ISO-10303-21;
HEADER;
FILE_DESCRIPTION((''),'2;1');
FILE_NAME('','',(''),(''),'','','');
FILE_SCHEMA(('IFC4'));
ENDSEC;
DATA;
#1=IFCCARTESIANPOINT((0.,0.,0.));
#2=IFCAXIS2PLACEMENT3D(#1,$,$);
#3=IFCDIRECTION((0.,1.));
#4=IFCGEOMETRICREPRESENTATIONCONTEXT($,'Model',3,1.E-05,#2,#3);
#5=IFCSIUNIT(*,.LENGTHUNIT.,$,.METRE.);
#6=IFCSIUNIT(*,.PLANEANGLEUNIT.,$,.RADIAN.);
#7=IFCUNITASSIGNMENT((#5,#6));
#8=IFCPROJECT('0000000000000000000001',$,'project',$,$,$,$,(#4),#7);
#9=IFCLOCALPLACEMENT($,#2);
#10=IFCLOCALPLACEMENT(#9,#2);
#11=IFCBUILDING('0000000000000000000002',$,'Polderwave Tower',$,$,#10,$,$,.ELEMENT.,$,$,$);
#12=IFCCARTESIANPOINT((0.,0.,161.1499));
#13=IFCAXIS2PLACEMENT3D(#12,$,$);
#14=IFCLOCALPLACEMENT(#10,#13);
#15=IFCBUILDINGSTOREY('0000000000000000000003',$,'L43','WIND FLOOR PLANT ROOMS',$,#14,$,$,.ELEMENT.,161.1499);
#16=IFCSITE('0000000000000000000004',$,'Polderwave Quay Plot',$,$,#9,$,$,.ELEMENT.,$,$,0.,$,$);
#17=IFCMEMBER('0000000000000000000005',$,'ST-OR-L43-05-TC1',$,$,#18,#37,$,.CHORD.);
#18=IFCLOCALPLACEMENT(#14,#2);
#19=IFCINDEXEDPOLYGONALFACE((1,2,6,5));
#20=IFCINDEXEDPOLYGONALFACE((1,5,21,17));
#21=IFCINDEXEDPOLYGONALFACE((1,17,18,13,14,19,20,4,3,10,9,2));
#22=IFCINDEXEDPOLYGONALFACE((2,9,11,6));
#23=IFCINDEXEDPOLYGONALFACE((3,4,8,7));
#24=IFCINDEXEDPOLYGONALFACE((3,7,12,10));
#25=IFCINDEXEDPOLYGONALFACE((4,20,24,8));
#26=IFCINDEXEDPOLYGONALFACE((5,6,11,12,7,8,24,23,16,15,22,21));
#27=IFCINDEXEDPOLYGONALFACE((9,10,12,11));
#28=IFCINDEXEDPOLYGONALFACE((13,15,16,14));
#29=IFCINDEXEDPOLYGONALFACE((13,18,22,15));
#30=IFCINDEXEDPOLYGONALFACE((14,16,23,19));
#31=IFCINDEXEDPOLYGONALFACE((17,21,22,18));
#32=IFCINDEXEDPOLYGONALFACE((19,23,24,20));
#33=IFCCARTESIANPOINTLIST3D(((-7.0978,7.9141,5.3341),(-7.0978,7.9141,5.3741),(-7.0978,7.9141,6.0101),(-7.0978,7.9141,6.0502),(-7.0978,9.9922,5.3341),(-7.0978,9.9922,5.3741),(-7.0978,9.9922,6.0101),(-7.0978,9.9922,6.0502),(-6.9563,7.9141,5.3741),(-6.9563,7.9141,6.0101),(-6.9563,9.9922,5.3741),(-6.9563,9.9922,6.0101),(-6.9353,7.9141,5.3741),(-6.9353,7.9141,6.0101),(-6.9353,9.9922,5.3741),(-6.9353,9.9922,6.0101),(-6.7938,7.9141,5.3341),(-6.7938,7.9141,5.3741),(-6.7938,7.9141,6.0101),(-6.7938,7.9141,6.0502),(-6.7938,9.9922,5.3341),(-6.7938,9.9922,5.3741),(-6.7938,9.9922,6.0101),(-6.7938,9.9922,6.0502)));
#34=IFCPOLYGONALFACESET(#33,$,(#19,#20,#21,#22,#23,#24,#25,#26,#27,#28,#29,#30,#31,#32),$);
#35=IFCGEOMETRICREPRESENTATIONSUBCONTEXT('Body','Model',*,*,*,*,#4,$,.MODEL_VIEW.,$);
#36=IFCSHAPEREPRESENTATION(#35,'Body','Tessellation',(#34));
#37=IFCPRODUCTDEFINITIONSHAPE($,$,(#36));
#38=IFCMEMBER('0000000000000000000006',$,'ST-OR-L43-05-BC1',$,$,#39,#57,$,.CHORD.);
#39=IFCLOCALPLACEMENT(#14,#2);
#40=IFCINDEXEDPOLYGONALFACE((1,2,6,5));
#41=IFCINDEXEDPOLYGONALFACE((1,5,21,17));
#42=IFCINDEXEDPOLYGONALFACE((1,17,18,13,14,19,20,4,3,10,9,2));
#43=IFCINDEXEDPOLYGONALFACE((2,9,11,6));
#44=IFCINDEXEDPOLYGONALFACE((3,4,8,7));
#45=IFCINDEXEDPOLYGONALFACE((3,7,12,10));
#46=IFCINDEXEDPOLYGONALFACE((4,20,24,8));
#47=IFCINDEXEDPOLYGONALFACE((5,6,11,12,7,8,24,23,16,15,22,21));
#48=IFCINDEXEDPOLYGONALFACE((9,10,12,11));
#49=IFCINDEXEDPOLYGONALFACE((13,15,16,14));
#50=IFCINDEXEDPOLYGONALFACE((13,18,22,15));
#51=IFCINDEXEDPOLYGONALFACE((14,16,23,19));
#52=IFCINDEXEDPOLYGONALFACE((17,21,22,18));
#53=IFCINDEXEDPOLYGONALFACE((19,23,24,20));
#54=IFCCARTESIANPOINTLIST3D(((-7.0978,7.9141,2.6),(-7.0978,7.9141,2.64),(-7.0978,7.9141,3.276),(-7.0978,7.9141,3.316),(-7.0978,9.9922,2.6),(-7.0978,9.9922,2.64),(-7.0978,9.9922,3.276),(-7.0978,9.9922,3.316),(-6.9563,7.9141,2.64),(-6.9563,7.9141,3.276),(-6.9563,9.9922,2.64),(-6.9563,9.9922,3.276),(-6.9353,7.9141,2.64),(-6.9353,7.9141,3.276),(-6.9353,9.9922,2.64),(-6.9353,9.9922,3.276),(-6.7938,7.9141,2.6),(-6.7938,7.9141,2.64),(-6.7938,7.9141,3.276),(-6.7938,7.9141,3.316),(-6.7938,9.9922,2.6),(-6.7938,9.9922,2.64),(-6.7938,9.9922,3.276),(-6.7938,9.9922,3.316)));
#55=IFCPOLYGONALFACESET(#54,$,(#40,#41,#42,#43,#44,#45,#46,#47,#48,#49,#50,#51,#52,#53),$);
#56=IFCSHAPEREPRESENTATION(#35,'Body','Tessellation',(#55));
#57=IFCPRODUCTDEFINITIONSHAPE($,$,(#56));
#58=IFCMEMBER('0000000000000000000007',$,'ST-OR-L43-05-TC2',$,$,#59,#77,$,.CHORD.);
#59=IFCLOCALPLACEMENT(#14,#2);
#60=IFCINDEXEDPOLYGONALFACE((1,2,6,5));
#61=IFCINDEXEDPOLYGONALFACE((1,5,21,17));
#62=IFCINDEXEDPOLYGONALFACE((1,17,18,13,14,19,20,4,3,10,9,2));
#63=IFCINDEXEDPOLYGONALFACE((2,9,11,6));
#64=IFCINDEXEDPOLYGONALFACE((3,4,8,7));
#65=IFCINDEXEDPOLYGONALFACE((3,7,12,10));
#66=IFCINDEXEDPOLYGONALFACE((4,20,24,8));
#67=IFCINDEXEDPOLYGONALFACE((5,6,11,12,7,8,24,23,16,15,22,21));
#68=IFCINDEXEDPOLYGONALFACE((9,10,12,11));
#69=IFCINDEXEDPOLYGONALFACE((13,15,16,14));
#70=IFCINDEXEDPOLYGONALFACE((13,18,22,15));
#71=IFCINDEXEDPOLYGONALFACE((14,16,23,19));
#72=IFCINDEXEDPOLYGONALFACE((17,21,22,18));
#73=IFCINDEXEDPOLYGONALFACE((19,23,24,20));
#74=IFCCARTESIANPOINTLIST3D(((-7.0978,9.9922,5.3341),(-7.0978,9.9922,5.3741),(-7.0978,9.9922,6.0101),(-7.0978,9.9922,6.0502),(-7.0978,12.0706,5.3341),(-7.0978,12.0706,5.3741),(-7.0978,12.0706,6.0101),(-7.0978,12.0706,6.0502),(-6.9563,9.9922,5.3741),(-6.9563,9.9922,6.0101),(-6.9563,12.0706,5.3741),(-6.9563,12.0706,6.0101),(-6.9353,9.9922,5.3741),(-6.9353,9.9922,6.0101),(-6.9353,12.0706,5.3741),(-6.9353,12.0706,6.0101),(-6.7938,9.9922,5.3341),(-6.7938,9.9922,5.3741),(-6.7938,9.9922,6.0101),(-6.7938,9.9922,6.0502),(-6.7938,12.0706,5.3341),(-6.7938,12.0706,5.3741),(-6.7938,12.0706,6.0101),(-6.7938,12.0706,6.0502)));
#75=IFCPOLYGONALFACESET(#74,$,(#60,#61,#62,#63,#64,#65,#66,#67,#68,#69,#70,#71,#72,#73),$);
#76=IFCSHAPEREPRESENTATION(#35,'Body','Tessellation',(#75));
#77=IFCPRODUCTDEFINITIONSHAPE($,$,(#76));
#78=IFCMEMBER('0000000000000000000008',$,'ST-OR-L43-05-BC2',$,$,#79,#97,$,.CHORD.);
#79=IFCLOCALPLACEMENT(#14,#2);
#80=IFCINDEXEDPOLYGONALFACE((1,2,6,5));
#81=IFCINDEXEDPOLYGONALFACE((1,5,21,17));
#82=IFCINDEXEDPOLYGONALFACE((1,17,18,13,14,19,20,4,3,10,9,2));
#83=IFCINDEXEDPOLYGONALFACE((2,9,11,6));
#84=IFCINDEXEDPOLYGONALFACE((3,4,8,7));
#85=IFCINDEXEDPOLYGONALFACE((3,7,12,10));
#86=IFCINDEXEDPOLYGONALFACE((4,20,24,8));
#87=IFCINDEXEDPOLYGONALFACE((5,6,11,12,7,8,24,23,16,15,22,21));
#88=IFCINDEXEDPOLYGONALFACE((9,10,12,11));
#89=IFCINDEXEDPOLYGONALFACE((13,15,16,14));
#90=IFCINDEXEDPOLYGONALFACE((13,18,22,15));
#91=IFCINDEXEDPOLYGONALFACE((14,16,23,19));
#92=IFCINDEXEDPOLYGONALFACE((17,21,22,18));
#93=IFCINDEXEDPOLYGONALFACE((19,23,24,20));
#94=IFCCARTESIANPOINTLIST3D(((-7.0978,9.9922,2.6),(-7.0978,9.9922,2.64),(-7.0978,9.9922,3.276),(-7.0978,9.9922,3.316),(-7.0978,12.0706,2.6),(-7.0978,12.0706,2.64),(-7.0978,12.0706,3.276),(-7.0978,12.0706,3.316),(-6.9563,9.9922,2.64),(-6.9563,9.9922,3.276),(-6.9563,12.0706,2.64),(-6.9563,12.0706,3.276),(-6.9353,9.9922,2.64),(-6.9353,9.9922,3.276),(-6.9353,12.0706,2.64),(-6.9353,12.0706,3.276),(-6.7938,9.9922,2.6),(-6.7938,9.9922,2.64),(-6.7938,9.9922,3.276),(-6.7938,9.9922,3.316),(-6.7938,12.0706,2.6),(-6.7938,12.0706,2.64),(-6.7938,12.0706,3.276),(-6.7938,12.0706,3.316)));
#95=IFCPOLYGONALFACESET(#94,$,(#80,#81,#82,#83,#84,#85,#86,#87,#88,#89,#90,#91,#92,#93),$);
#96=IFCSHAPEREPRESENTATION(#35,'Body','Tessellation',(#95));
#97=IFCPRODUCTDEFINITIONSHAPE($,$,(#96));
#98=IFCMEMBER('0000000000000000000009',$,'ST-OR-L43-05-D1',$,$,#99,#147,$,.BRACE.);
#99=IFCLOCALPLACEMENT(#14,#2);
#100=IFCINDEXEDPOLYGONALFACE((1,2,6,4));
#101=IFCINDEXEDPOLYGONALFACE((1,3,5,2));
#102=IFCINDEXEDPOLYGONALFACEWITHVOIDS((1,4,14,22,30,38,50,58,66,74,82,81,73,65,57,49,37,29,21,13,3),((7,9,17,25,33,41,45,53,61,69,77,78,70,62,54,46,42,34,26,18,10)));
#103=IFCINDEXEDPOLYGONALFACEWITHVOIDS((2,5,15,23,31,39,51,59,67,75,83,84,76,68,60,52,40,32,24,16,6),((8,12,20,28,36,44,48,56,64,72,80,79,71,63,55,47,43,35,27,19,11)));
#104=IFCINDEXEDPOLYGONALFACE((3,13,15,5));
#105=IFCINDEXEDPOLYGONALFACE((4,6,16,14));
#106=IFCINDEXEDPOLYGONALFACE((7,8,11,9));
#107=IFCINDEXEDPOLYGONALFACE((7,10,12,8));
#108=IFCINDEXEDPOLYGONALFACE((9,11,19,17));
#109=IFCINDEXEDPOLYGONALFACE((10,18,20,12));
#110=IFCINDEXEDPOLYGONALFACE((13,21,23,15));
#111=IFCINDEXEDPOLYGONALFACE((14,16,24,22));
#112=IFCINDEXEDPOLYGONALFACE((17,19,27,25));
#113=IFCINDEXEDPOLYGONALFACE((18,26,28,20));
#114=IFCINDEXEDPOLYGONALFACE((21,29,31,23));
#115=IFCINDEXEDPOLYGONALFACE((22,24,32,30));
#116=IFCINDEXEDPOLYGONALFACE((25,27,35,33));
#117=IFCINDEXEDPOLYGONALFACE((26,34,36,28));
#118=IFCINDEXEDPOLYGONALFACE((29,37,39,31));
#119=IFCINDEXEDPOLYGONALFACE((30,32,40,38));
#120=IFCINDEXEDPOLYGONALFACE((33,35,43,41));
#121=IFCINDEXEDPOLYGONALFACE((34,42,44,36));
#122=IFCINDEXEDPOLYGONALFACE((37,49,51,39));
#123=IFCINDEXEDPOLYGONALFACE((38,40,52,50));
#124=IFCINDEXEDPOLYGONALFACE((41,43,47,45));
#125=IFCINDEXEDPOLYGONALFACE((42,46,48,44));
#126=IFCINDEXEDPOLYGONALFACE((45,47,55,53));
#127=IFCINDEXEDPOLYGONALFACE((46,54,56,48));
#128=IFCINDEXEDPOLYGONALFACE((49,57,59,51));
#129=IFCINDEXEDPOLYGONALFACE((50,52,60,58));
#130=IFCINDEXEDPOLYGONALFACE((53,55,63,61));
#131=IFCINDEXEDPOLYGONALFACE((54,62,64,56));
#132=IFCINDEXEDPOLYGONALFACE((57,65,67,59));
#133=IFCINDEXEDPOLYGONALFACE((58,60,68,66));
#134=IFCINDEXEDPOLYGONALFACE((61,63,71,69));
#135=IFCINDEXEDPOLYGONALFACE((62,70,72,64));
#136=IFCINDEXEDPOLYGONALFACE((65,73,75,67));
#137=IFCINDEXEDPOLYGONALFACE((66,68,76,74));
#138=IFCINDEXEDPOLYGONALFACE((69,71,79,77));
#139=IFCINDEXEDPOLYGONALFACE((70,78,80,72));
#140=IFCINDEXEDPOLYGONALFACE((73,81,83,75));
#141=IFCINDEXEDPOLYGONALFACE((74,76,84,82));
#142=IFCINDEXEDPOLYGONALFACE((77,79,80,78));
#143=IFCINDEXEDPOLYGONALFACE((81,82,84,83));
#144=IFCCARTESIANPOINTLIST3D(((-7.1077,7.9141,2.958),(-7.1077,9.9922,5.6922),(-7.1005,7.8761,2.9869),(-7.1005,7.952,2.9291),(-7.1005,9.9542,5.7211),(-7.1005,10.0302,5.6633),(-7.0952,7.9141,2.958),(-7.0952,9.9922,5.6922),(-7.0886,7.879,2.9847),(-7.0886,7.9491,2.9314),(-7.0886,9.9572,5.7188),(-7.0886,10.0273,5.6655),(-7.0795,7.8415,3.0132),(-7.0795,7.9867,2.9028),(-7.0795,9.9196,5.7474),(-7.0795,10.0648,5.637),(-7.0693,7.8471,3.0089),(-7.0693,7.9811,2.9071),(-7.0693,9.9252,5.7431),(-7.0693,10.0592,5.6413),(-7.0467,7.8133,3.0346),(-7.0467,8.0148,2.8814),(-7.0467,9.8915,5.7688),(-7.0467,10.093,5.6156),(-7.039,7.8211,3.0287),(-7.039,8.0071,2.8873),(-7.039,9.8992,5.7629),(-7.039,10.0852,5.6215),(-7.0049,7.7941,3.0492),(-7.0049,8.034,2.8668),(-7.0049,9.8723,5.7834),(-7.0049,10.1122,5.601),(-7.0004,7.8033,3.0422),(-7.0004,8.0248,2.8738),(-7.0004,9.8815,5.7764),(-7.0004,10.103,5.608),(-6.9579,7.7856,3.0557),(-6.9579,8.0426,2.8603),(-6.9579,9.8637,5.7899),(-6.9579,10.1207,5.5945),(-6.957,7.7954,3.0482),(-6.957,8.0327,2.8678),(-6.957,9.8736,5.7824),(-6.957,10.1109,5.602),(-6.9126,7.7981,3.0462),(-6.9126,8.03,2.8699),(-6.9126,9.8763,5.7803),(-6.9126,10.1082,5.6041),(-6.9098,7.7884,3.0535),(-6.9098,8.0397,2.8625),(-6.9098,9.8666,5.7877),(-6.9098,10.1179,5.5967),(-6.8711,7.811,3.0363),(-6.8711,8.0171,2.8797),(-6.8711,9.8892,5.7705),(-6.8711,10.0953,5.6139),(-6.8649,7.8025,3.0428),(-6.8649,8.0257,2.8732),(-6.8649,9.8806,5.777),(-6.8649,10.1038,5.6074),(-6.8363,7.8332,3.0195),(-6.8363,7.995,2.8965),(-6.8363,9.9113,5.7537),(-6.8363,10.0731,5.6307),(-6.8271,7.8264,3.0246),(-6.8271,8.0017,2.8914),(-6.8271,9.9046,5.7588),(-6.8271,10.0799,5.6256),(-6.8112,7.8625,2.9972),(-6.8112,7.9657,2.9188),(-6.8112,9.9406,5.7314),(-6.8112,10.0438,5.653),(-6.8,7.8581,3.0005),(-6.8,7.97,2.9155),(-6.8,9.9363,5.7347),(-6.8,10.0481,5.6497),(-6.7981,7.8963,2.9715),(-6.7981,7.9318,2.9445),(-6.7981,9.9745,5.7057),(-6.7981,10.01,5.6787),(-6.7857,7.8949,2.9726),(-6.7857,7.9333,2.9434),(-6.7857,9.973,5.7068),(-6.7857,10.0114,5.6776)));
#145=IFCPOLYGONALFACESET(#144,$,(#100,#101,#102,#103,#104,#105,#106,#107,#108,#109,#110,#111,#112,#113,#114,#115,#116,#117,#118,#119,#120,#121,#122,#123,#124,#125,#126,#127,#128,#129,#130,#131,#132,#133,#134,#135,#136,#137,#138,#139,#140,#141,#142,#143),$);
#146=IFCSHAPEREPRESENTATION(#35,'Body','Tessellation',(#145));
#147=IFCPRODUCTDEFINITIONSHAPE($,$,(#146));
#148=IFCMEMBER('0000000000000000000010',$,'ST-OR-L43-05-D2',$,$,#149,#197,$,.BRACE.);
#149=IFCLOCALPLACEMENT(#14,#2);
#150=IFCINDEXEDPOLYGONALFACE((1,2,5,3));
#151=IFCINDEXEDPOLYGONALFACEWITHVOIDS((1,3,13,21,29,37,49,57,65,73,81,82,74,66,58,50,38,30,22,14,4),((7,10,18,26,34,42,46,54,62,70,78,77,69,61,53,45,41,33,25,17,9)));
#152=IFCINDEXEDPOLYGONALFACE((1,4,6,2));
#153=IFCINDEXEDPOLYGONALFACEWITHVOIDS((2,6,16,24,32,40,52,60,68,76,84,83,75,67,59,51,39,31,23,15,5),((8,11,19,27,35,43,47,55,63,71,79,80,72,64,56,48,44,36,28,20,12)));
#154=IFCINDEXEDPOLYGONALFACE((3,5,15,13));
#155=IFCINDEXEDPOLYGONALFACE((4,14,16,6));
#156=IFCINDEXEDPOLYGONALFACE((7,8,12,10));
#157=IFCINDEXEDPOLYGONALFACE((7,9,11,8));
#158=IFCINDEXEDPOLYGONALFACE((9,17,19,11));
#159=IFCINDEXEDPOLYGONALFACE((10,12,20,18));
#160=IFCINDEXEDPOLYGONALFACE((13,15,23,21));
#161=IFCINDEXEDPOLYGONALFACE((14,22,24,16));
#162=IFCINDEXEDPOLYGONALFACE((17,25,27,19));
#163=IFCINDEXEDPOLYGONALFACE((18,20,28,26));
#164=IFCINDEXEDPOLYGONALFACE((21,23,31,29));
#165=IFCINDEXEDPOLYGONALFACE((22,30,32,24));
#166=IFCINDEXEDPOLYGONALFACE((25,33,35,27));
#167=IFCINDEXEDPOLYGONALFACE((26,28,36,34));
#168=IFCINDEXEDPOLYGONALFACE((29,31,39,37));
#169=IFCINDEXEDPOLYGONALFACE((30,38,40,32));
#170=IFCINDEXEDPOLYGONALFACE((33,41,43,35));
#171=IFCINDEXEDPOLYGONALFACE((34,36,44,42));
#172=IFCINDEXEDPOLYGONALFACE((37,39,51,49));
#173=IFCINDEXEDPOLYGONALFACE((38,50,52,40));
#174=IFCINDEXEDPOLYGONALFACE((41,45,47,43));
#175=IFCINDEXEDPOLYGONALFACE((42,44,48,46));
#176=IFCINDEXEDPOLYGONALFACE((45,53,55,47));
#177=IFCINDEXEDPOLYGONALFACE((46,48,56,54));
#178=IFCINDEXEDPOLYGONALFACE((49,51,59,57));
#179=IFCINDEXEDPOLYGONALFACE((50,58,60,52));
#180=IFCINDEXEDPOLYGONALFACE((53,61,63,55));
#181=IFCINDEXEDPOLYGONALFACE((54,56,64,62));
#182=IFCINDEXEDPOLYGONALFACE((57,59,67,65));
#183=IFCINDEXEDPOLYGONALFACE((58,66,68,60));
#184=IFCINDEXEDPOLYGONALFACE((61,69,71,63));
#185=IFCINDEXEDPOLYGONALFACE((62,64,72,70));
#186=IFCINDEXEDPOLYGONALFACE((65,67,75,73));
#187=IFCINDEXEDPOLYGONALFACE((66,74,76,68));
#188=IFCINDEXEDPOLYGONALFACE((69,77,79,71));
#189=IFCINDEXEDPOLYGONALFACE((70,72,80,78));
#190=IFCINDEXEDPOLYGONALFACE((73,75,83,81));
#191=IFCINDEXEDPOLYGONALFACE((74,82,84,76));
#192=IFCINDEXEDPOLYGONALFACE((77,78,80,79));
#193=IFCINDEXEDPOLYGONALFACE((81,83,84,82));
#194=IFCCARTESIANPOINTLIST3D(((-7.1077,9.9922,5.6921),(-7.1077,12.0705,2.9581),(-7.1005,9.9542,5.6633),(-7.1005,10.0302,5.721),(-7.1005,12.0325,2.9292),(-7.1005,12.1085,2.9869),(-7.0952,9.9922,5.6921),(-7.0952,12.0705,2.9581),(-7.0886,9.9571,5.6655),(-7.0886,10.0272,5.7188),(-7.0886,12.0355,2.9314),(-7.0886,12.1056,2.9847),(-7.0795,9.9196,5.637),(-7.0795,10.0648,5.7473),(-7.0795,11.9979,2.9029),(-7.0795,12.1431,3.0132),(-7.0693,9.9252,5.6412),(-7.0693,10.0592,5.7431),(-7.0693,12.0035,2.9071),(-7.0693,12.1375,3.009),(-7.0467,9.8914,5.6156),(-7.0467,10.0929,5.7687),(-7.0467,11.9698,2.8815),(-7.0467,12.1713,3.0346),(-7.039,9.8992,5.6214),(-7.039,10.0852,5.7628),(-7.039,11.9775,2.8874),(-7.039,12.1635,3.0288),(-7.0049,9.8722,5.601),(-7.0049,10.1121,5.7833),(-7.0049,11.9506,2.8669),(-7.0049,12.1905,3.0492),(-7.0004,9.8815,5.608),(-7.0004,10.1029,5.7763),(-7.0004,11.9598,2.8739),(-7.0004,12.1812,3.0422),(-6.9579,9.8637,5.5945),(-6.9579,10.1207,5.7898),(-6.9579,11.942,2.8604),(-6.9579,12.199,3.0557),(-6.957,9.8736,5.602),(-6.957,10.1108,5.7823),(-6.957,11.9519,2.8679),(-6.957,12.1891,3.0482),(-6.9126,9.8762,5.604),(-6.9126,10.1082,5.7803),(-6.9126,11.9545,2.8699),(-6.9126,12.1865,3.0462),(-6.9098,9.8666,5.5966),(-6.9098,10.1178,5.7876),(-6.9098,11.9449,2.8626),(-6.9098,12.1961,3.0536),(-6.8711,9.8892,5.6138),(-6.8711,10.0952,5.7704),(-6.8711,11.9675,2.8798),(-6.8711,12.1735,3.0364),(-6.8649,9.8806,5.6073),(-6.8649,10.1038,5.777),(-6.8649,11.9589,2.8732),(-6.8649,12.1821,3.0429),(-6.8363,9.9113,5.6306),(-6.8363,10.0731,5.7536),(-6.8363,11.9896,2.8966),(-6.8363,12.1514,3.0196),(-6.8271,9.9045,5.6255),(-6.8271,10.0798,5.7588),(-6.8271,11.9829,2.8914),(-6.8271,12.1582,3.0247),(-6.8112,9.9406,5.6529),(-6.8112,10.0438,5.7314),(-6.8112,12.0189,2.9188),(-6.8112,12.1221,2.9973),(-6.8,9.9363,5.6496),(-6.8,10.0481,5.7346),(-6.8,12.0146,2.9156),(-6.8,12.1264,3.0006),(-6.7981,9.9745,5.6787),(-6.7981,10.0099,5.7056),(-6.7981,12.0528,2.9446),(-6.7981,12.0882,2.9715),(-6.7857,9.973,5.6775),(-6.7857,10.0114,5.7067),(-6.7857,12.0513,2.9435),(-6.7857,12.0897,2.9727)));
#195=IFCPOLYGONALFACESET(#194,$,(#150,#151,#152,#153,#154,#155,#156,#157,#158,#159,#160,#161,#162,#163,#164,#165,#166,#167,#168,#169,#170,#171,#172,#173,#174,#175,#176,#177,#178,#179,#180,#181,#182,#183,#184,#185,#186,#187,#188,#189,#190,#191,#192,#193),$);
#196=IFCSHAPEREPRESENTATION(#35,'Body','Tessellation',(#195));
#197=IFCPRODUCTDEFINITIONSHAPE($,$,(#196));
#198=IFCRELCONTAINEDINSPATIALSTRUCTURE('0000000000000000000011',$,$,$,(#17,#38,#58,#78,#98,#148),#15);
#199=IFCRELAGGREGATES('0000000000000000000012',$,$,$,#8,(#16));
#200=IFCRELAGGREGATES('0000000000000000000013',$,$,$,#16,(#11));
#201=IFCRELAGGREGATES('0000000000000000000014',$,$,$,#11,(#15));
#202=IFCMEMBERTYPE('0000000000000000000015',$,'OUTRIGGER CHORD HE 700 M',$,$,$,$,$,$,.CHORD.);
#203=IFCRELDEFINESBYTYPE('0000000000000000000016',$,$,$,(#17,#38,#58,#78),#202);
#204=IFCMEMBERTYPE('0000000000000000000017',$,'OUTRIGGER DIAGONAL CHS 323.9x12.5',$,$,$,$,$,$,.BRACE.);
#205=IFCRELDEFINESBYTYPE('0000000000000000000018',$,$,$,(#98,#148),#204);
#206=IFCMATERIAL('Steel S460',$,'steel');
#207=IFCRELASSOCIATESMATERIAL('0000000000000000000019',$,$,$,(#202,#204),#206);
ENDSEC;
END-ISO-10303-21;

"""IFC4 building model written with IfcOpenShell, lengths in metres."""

from ifc_helpers import new_model, si_unit, direction, frame, origin, origin_2d, place, context, subcontext, project, spatial, hollow_circle, i_section, extrude, material, material_profile, profile_set, type_object, element, save


model = new_model("IFC4")

# Units and contexts
model_context = context("Model", 3, precision=1e-05, world=origin(), true_north=direction((0.0, 1.0)))
body_context = subcontext(model_context, "Body", "Model", "MODEL_VIEW")
ifc_project = project(units=[si_unit("LENGTHUNIT", "METRE"), si_unit("PLANEANGLEUNIT", "RADIAN")], contexts=[model_context])

# Site, building, storey
site_placement = place(None, origin())
site = spatial("IfcSite", under=ifc_project, at=site_placement, Name="Polderwave Quay Plot", CompositionType="ELEMENT", RefElevation=0.0)
building_placement = place(site_placement, origin())
building = spatial("IfcBuilding", under=site, at=building_placement, Name="Polderwave Tower", CompositionType="ELEMENT")
storey_placement = place(building_placement, frame((0.0, 0.0, 161.1499)))
storey = spatial("IfcBuildingStorey", under=building, at=storey_placement, Name="L43", Description="WIND FLOOR PLANT ROOMS", CompositionType="ELEMENT", Elevation=161.1499)

# Members
ifc_material_1 = material(Name="Steel S460", Category="steel")
ifc_material_profile_1 = material_profile(ifc_material_1, i_section(OverallWidth=0.304, OverallDepth=0.7161, WebThickness=0.021, FlangeThickness=0.04, at=origin_2d()), Name="HE 700 M")
ifc_profile_set_1 = profile_set([ifc_material_profile_1], Name="Steel S460")
member_type_1 = type_object("IfcMemberType", Name="OUTRIGGER CHORD HE 700 M", PredefinedType="CHORD", material=ifc_profile_set_1)
for number, where, z_axis, x_axis, name in (
    (1, (-6.9458, 7.9141, 5.6921), (0.0, 1.0, 0.0), (-1.0, 0.0, 0.0), "ST-OR-L43-05-TC1"),
    (2, (-6.9458, 7.9141, 2.958), (0.0, 1.0, 0.0), (-1.0, 0.0, 0.0), "ST-OR-L43-05-BC1"),
):
    element("IfcMember", number, at=place(storey_placement, frame(where, z_axis=z_axis, x_axis=x_axis)), inside=storey, type_object=member_type_1, Name=name, PredefinedType="CHORD", context=body_context, shape_type="SweptSolid", body=[
        extrude(i_section(OverallWidth=0.304, OverallDepth=0.7161, WebThickness=0.021, FlangeThickness=0.04, at=origin_2d()), origin(), (0.0, 0.0, 1.0), 2.0781),
    ])
for number, where, z_axis, x_axis, name in (
    (3, (-6.9458, 9.9922, 5.6921), (0.0, 1.0, 0.0), (-1.0, 0.0, 0.0), "ST-OR-L43-05-TC2"),
    (4, (-6.9458, 9.9922, 2.958), (0.0, 1.0, 0.0), (-1.0, 0.0, 0.0), "ST-OR-L43-05-BC2"),
):
    element("IfcMember", number, at=place(storey_placement, frame(where, z_axis=z_axis, x_axis=x_axis)), inside=storey, type_object=member_type_1, Name=name, PredefinedType="CHORD", context=body_context, shape_type="SweptSolid", body=[
        extrude(i_section(OverallWidth=0.304, OverallDepth=0.7161, WebThickness=0.021, FlangeThickness=0.04, at=origin_2d()), origin(), (0.0, 0.0, 1.0), 2.0784),
    ])
ifc_material_profile_2 = material_profile(ifc_material_1, hollow_circle(Radius=0.1619, WallThickness=0.0125, at=origin_2d()), Name="CHS 323.9x12.5")
ifc_profile_set_2 = profile_set([ifc_material_profile_2], Name="Steel S460")
member_type_2 = type_object("IfcMemberType", Name="OUTRIGGER DIAGONAL CHS 323.9x12.5", PredefinedType="BRACE", material=ifc_profile_set_2)
for number, where, z_axis, x_axis, name in (
    (5, (-6.9458, 7.9141, 2.958), (0.0, 0.605118, 0.796136), (-1.0, 0.0, 0.0), "ST-OR-L43-05-D1"),
    (6, (-6.9458, 9.9922, 5.6921), (0.0, 0.605163, -0.796102), (-1.0, 0.0, 0.0), "ST-OR-L43-05-D2"),
):
    element("IfcMember", number, at=place(storey_placement, frame(where, z_axis=z_axis, x_axis=x_axis)), inside=storey, type_object=member_type_2, Name=name, PredefinedType="BRACE", context=body_context, shape_type="SweptSolid", body=[
        extrude(hollow_circle(Radius=0.1619, WallThickness=0.0125, at=origin_2d()), origin(), (0.0, 0.0, 1.0), 3.4343),
    ])

save(model, "model.ifc")
